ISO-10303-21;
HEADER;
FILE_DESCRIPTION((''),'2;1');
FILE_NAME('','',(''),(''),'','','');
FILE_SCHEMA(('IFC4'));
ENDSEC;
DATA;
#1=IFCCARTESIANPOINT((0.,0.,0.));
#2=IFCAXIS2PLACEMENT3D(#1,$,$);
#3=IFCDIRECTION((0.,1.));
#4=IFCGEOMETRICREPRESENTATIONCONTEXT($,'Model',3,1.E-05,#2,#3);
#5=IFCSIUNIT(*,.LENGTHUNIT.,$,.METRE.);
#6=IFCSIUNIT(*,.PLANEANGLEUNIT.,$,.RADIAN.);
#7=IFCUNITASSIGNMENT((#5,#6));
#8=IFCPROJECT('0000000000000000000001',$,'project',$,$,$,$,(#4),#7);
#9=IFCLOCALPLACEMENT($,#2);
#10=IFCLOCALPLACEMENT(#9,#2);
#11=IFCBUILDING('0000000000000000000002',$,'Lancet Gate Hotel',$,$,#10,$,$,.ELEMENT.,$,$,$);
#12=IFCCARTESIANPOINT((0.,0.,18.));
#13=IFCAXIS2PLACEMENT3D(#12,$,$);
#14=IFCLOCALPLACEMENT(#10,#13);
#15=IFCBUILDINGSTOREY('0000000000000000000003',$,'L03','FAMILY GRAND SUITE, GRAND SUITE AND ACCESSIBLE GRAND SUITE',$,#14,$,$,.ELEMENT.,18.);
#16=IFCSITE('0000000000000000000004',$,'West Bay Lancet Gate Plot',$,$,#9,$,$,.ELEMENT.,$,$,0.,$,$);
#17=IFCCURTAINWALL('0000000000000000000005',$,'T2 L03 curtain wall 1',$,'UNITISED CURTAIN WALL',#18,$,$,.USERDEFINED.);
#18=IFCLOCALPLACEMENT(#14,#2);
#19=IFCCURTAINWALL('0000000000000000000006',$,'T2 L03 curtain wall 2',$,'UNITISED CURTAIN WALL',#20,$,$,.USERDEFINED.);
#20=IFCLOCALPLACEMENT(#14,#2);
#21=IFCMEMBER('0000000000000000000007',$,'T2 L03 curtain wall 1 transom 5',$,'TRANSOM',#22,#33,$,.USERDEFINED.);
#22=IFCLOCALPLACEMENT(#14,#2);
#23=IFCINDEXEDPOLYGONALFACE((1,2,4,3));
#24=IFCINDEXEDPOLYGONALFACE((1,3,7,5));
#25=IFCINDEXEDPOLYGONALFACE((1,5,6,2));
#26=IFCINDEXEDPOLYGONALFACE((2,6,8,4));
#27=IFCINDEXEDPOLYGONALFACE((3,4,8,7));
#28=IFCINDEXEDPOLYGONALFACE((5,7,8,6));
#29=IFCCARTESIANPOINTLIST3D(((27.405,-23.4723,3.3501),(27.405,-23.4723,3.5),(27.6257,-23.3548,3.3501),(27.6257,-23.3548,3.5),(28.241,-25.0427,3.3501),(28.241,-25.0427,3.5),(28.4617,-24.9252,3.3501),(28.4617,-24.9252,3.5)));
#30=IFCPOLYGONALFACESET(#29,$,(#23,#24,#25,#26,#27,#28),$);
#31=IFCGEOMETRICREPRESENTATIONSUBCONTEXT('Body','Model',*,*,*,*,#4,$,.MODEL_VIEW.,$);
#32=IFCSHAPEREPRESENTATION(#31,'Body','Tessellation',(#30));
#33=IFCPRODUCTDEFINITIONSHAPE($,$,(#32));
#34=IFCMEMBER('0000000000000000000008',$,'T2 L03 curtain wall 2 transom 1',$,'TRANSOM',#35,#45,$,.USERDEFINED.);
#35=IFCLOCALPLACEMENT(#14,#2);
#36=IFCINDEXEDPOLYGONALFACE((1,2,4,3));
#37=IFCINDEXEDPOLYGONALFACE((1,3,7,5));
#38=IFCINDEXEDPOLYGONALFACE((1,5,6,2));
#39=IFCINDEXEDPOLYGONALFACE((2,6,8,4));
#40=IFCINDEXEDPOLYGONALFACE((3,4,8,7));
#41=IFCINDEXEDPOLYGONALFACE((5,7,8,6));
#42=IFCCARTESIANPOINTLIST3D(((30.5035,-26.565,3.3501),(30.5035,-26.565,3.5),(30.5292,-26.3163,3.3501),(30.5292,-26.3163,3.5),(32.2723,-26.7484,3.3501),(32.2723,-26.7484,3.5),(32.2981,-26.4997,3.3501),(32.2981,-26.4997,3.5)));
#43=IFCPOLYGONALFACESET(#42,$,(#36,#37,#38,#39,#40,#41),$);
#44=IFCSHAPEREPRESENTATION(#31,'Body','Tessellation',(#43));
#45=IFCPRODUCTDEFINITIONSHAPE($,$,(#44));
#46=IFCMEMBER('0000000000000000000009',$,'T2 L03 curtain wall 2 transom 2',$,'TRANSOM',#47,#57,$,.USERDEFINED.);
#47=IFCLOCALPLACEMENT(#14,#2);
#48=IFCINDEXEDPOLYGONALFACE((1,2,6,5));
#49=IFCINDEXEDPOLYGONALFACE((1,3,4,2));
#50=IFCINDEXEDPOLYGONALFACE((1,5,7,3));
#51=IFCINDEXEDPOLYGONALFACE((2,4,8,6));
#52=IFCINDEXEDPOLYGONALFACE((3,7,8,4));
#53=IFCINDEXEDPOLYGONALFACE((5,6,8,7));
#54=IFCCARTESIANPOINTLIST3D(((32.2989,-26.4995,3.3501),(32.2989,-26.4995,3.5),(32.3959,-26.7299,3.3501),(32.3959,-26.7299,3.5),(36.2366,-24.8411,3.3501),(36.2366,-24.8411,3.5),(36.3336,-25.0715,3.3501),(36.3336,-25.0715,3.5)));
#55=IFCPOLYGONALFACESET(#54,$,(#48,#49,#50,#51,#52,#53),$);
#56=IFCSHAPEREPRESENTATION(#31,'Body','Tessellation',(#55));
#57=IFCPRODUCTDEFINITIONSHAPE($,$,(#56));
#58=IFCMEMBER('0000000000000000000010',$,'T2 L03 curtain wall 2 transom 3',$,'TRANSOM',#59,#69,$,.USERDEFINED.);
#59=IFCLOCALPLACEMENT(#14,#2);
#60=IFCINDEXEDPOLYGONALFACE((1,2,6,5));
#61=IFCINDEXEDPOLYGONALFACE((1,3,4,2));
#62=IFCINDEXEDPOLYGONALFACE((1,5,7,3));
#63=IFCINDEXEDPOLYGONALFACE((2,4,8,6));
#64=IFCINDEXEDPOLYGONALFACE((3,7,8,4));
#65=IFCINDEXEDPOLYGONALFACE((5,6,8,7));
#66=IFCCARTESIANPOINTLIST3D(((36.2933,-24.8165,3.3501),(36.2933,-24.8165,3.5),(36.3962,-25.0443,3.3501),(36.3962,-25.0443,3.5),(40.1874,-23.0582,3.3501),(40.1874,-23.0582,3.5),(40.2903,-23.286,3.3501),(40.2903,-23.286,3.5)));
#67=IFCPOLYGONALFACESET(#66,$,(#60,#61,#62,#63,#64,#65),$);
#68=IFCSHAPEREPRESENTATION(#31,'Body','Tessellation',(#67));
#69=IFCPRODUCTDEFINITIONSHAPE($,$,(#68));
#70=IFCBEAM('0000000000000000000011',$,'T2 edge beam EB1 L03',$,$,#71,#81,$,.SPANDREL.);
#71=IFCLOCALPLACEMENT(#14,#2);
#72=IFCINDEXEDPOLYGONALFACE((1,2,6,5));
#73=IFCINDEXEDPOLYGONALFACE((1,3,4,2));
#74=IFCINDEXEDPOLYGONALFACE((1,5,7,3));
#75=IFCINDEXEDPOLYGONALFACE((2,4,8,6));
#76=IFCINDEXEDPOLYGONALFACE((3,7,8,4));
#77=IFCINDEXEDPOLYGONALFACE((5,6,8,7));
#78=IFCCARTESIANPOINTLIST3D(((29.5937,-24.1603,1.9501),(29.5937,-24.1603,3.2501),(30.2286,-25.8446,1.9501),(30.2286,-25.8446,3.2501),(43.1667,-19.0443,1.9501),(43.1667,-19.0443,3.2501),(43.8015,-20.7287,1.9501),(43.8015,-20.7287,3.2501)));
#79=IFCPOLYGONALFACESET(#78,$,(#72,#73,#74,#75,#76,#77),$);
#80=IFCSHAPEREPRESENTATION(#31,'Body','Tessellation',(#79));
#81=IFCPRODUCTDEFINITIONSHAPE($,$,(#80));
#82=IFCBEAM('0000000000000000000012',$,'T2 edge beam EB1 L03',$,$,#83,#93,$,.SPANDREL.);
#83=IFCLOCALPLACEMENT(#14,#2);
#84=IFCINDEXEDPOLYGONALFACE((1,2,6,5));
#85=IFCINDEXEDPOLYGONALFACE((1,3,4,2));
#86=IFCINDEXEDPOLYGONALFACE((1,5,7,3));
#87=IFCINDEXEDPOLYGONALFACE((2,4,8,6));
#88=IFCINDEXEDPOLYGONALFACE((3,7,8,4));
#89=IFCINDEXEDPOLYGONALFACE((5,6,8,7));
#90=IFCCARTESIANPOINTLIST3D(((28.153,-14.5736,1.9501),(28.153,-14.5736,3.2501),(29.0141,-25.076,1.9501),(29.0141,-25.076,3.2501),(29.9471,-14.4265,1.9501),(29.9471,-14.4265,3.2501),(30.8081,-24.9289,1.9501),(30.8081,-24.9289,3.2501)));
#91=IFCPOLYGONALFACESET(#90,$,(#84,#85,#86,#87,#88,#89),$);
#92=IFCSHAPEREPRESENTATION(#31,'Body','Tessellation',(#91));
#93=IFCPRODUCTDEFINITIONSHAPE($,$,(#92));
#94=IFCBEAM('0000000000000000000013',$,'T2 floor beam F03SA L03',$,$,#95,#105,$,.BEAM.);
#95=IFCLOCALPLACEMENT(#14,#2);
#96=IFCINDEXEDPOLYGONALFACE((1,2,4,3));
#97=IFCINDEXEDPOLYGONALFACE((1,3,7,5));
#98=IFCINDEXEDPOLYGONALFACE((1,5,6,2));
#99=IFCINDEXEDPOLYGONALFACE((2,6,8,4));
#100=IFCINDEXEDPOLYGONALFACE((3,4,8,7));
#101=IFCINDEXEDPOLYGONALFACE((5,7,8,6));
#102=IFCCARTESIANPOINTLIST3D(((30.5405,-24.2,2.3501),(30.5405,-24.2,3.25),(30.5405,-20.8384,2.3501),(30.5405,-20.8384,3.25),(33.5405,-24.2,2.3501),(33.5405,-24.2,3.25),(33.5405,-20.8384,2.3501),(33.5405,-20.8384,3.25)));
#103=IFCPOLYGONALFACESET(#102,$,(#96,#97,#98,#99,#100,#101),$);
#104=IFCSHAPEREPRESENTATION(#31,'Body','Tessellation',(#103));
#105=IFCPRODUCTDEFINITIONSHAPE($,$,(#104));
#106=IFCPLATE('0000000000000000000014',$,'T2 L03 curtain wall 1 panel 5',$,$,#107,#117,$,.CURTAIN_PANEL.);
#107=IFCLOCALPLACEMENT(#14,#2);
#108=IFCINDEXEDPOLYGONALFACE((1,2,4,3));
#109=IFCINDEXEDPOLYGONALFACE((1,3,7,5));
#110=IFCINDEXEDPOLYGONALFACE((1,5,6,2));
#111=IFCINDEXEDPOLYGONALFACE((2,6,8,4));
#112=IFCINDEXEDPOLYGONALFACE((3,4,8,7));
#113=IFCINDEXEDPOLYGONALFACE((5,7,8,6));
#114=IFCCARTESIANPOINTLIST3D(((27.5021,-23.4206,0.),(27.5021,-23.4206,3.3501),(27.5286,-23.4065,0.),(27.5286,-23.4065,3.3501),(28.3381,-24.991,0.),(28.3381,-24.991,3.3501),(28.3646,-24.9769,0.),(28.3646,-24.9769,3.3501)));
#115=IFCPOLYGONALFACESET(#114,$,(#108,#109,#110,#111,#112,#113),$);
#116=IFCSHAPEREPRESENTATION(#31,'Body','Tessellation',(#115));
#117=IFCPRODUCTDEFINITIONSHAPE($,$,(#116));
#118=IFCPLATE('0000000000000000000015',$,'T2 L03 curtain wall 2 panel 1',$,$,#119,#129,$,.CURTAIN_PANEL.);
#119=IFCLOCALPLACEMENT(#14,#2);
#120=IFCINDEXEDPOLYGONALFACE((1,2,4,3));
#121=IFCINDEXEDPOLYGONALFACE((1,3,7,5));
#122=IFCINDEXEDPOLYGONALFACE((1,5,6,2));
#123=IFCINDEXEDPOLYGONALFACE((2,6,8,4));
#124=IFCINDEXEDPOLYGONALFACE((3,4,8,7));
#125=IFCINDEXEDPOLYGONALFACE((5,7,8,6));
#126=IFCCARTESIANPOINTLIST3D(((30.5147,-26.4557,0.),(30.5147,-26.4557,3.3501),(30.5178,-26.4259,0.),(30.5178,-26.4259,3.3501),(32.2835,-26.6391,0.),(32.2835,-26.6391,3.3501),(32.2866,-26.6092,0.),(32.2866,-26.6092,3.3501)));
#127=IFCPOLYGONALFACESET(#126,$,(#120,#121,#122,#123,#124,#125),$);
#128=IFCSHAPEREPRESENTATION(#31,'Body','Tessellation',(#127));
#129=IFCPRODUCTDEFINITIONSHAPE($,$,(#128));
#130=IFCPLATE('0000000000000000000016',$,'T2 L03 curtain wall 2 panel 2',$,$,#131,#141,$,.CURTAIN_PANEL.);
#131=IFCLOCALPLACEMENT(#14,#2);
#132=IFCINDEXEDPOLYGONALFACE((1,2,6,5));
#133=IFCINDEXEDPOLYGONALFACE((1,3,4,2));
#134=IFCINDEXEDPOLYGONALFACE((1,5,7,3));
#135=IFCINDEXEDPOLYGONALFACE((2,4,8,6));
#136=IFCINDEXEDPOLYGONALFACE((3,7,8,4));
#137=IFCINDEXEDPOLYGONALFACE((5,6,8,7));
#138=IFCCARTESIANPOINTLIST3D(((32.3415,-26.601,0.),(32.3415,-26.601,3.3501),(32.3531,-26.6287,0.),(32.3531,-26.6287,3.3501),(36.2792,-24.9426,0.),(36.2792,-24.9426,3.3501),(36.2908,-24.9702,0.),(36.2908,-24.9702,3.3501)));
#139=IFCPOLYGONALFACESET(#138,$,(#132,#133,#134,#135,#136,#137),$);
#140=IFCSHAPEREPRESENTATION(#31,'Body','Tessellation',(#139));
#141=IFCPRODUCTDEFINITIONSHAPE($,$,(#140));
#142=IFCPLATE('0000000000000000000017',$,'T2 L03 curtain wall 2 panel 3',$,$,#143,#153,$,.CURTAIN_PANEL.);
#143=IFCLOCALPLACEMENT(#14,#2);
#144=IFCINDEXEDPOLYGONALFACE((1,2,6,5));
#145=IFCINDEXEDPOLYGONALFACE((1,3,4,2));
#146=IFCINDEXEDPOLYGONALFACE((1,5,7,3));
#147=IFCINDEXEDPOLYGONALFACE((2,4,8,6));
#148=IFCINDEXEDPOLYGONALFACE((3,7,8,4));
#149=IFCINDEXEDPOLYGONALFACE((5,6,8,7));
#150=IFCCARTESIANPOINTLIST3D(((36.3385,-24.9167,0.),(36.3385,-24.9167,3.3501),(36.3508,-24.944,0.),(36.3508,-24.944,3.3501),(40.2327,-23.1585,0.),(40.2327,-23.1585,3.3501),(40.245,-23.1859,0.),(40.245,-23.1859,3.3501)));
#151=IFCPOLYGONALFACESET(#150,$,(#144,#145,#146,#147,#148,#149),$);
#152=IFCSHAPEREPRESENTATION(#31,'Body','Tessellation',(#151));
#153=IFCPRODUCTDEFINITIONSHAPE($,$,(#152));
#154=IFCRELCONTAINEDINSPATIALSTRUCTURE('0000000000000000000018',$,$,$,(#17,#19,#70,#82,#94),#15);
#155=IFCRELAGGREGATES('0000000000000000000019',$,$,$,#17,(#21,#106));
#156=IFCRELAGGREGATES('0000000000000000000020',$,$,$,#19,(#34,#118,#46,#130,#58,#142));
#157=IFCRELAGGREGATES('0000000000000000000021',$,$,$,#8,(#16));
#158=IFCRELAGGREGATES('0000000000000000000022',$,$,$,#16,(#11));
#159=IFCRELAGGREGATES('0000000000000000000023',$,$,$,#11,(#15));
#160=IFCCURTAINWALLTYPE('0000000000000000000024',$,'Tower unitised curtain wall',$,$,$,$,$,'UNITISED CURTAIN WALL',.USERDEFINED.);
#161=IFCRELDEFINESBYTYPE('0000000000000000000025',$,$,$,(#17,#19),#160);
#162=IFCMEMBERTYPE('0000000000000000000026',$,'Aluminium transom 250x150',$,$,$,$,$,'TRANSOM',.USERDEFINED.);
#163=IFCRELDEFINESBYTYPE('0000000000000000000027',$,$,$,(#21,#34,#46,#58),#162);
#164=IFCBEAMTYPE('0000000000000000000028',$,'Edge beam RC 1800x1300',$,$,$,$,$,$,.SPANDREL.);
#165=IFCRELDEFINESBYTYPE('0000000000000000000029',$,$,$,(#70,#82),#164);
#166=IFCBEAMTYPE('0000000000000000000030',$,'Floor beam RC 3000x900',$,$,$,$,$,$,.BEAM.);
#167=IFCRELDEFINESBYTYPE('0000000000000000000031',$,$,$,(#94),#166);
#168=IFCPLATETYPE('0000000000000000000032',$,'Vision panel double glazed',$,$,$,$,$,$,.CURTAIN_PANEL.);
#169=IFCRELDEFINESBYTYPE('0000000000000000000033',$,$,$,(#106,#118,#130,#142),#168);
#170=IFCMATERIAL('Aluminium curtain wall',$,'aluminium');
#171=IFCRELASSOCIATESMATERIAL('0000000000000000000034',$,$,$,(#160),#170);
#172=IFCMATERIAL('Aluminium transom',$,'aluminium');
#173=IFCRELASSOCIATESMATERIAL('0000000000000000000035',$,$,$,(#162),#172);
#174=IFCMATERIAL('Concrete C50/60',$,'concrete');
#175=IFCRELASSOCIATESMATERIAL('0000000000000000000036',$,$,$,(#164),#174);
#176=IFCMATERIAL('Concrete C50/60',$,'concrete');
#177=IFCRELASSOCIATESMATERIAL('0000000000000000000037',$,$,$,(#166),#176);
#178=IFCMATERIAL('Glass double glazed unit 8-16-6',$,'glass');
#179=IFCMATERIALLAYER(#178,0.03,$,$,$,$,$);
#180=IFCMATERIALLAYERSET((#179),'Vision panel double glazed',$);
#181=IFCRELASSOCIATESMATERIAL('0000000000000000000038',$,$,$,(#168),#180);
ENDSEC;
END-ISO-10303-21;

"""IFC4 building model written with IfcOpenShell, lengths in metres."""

from ifc_helpers import new_model, si_unit, direction, frame, origin, origin_2d, place, context, subcontext, project, spatial, rectangle, extrude, material, layer, layer_set, material_profile, profile_set, type_object, element, aggregate, save


model = new_model("IFC4")

# Units and contexts
model_context = context("Model", 3, precision=1e-05, world=origin(), true_north=direction((0.0, 1.0)))
body_context = subcontext(model_context, "Body", "Model", "MODEL_VIEW")
ifc_project = project(units=[si_unit("LENGTHUNIT", "METRE"), si_unit("PLANEANGLEUNIT", "RADIAN")], contexts=[model_context])

# Site, building, storey
site_placement = place(None, origin())
site = spatial("IfcSite", under=ifc_project, at=site_placement, Name="West Bay Lancet Gate Plot", CompositionType="ELEMENT", RefElevation=0.0)
building_placement = place(site_placement, origin())
building = spatial("IfcBuilding", under=site, at=building_placement, Name="Lancet Gate Hotel", CompositionType="ELEMENT")
storey_placement = place(building_placement, frame((0.0, 0.0, 18.0)))
storey = spatial("IfcBuildingStorey", under=building, at=storey_placement, Name="L03", Description="FAMILY GRAND SUITE, GRAND SUITE AND ACCESSIBLE GRAND SUITE", CompositionType="ELEMENT", Elevation=18.0)

# Curtain walls
ifc_material_1 = material(Name="Aluminium curtain wall", Category="aluminium")
curtain_wall_type = type_object("IfcCurtainWallType", Name="Tower unitised curtain wall", ElementType="UNITISED CURTAIN WALL", PredefinedType="USERDEFINED", material=ifc_material_1)
curtain_wall_1_placement = place(storey_placement, origin())
curtain_wall_1 = element("IfcCurtainWall", 1, at=curtain_wall_1_placement, inside=storey, type_object=curtain_wall_type, Name="T2 L03 curtain wall 1", ObjectType="UNITISED CURTAIN WALL", PredefinedType="USERDEFINED")
curtain_wall_2_placement = place(storey_placement, origin())
curtain_wall_2 = element("IfcCurtainWall", 2, at=curtain_wall_2_placement, inside=storey, type_object=curtain_wall_type, Name="T2 L03 curtain wall 2", ObjectType="UNITISED CURTAIN WALL", PredefinedType="USERDEFINED")

# Members
ifc_material_2 = material(Name="Aluminium transom", Category="aluminium")
ifc_material_profile_1 = material_profile(ifc_material_2, rectangle(XDim=0.25, YDim=0.1499, at=origin_2d()), Name="TRANSOM 250x150")
ifc_profile_set_1 = profile_set([ifc_material_profile_1], Name="Aluminium transom")
member_type_1 = type_object("IfcMemberType", Name="Aluminium transom 250x150", ElementType="TRANSOM", PredefinedType="USERDEFINED", material=ifc_profile_set_1)
member_1_placement = place(storey_placement, frame((27.5154, -23.4136, 3.425), z_axis=(0.469904, -0.882717, 0.0), x_axis=(0.882717, 0.469904, 0.0)))
member_1 = element("IfcMember", 3, at=member_1_placement, type_object=member_type_1, Name="T2 L03 curtain wall 1 transom 5", ObjectType="TRANSOM", PredefinedType="USERDEFINED", context=body_context, shape_type="SweptSolid", body=[
    extrude(rectangle(XDim=0.25, YDim=0.1499, at=origin_2d()), origin(), (0.0, 0.0, 1.0), 1.7791),
])
member_2_placement = place(storey_placement, frame((30.5164, -26.4407, 3.425), z_axis=(0.99467, -0.103105, 0.0), x_axis=(0.103105, 0.99467, 0.0)))
member_2 = element("IfcMember", 4, at=member_2_placement, type_object=member_type_1, Name="T2 L03 curtain wall 2 transom 1", ObjectType="TRANSOM", PredefinedType="USERDEFINED", context=body_context, shape_type="SweptSolid", body=[
    extrude(rectangle(XDim=0.25, YDim=0.1499, at=origin_2d()), origin(), (0.0, 0.0, 1.0), 1.7783),
])
member_3_placement = place(storey_placement, frame((32.3474, -26.6147, 3.425), z_axis=(0.921598, 0.388146, 0.0), x_axis=(-0.388146, 0.921598, 0.0)))
member_3 = element("IfcMember", 5, at=member_3_placement, type_object=member_type_1, Name="T2 L03 curtain wall 2 transom 2", ObjectType="TRANSOM", PredefinedType="USERDEFINED", context=body_context, shape_type="SweptSolid", body=[
    extrude(rectangle(XDim=0.25, YDim=0.1499, at=origin_2d()), origin(), (0.0, 0.0, 1.0), 4.2727),
])
member_4_placement = place(storey_placement, frame((36.3447, -24.9304, 3.425), z_axis=(0.911397, 0.411529, 0.0), x_axis=(-0.411529, 0.911397, 0.0)))
member_4 = element("IfcMember", 6, at=member_4_placement, type_object=member_type_1, Name="T2 L03 curtain wall 2 transom 3", ObjectType="TRANSOM", PredefinedType="USERDEFINED", context=body_context, shape_type="SweptSolid", body=[
    extrude(rectangle(XDim=0.25, YDim=0.1499, at=origin_2d()), origin(), (0.0, 0.0, 1.0), 4.2727),
])

# Beams
ifc_material_3 = material(Name="Concrete C50/60", Category="concrete")
ifc_material_profile_2 = material_profile(ifc_material_3, rectangle(XDim=1.8, YDim=1.3, at=origin_2d()), Name="RC 1800x1300")
ifc_profile_set_2 = profile_set([ifc_material_profile_2], Name="Concrete C50/60")
beam_type_1 = type_object("IfcBeamType", Name="Edge beam RC 1800x1300", PredefinedType="SPANDREL", material=ifc_profile_set_2)
beam_1_placement = place(storey_placement, frame((29.9111, -25.0024, 2.6001), z_axis=(0.935736, 0.3527, 0.0), x_axis=(-0.3527, 0.935736, 0.0)))
element("IfcBeam", 7, at=beam_1_placement, inside=storey, type_object=beam_type_1, Name="T2 edge beam EB1 L03", PredefinedType="SPANDREL", context=body_context, shape_type="SweptSolid", body=[
    extrude(rectangle(XDim=1.8, YDim=1.3, at=origin_2d()), origin(), (0.0, 0.0, 1.0), 14.5051),
])
beam_2_placement = place(storey_placement, frame((29.9111, -25.0024, 2.6001), z_axis=(-0.081715, 0.996656, 0.0), x_axis=(-0.996656, -0.081715, 0.0)))
element("IfcBeam", 8, at=beam_2_placement, inside=storey, type_object=beam_type_1, Name="T2 edge beam EB1 L03", PredefinedType="SPANDREL", context=body_context, shape_type="SweptSolid", body=[
    extrude(rectangle(XDim=1.8, YDim=1.3, at=origin_2d()), origin(), (0.0, 0.0, 1.0), 10.5376),
])
ifc_material_4 = material(Name="Concrete C50/60", Category="concrete")
ifc_material_profile_3 = material_profile(ifc_material_4, rectangle(XDim=3.0, YDim=0.8999, at=origin_2d()), Name="RC 3000x900")
ifc_profile_set_3 = profile_set([ifc_material_profile_3], Name="Concrete C50/60")
beam_type_2 = type_object("IfcBeamType", Name="Floor beam RC 3000x900", PredefinedType="BEAM", material=ifc_profile_set_3)
beam_3_placement = place(storey_placement, frame((32.0405, -24.2, 2.8), z_axis=(0.0, 1.0, 0.0), x_axis=(-1.0, 0.0, 0.0)))
element("IfcBeam", 9, at=beam_3_placement, inside=storey, type_object=beam_type_2, Name="T2 floor beam F03SA L03", PredefinedType="BEAM", context=body_context, shape_type="SweptSolid", body=[
    extrude(rectangle(XDim=3.0, YDim=0.8999, at=origin_2d()), origin(), (0.0, 0.0, 1.0), 3.3616),
])

# Plates
ifc_material_5 = material(Name="Glass double glazed unit 8-16-6", Category="glass")
ifc_layer = layer(ifc_material_5, 0.03)
ifc_layer_set = layer_set([ifc_layer], Name="Vision panel double glazed")
plate_type = type_object("IfcPlateType", Name="Vision panel double glazed", PredefinedType="CURTAIN_PANEL", material=ifc_layer_set)
plate_1_placement = place(storey_placement, frame((27.9333, -24.1987, 0.0), z_axis=(0.0, 0.0, 1.0), x_axis=(0.469898, -0.882721, 0.0)))
plate_1 = element("IfcPlate", 10, at=plate_1_placement, type_object=plate_type, Name="T2 L03 curtain wall 1 panel 5", PredefinedType="CURTAIN_PANEL", context=body_context, shape_type="SweptSolid", body=[
    extrude(rectangle(XDim=1.7791, YDim=0.03, at=origin_2d()), origin(), (0.0, 0.0, 1.0), 3.3501),
])
aggregate(curtain_wall_1, [member_1, plate_1])
plate_2_placement = place(storey_placement, frame((31.4006, -26.5325, 0.0), z_axis=(0.0, 0.0, 1.0), x_axis=(0.994672, -0.103088, 0.0)))
plate_2 = element("IfcPlate", 11, at=plate_2_placement, type_object=plate_type, Name="T2 L03 curtain wall 2 panel 1", PredefinedType="CURTAIN_PANEL", context=body_context, shape_type="SweptSolid", body=[
    extrude(rectangle(XDim=1.7783, YDim=0.03, at=origin_2d()), origin(), (0.0, 0.0, 1.0), 3.3501),
])
plate_3_placement = place(storey_placement, frame((34.3162, -25.7856, 0.0), z_axis=(0.0, 0.0, 1.0), x_axis=(0.921593, 0.388157, 0.0)))
plate_3 = element("IfcPlate", 12, at=plate_3_placement, type_object=plate_type, Name="T2 L03 curtain wall 2 panel 2", PredefinedType="CURTAIN_PANEL", context=body_context, shape_type="SweptSolid", body=[
    extrude(rectangle(XDim=4.2727, YDim=0.03, at=origin_2d()), origin(), (0.0, 0.0, 1.0), 3.3501),
])
plate_4_placement = place(storey_placement, frame((38.2917, -24.0513, 0.0), z_axis=(0.0, 0.0, 1.0), x_axis=(0.911416, 0.411487, 0.0)))
plate_4 = element("IfcPlate", 13, at=plate_4_placement, type_object=plate_type, Name="T2 L03 curtain wall 2 panel 3", PredefinedType="CURTAIN_PANEL", context=body_context, shape_type="SweptSolid", body=[
    extrude(rectangle(XDim=4.2727, YDim=0.03, at=origin_2d()), origin(), (0.0, 0.0, 1.0), 3.3501),
])
aggregate(curtain_wall_2, [member_2, plate_2, member_3, plate_3, member_4, plate_4])

save(model, "model.ifc")
